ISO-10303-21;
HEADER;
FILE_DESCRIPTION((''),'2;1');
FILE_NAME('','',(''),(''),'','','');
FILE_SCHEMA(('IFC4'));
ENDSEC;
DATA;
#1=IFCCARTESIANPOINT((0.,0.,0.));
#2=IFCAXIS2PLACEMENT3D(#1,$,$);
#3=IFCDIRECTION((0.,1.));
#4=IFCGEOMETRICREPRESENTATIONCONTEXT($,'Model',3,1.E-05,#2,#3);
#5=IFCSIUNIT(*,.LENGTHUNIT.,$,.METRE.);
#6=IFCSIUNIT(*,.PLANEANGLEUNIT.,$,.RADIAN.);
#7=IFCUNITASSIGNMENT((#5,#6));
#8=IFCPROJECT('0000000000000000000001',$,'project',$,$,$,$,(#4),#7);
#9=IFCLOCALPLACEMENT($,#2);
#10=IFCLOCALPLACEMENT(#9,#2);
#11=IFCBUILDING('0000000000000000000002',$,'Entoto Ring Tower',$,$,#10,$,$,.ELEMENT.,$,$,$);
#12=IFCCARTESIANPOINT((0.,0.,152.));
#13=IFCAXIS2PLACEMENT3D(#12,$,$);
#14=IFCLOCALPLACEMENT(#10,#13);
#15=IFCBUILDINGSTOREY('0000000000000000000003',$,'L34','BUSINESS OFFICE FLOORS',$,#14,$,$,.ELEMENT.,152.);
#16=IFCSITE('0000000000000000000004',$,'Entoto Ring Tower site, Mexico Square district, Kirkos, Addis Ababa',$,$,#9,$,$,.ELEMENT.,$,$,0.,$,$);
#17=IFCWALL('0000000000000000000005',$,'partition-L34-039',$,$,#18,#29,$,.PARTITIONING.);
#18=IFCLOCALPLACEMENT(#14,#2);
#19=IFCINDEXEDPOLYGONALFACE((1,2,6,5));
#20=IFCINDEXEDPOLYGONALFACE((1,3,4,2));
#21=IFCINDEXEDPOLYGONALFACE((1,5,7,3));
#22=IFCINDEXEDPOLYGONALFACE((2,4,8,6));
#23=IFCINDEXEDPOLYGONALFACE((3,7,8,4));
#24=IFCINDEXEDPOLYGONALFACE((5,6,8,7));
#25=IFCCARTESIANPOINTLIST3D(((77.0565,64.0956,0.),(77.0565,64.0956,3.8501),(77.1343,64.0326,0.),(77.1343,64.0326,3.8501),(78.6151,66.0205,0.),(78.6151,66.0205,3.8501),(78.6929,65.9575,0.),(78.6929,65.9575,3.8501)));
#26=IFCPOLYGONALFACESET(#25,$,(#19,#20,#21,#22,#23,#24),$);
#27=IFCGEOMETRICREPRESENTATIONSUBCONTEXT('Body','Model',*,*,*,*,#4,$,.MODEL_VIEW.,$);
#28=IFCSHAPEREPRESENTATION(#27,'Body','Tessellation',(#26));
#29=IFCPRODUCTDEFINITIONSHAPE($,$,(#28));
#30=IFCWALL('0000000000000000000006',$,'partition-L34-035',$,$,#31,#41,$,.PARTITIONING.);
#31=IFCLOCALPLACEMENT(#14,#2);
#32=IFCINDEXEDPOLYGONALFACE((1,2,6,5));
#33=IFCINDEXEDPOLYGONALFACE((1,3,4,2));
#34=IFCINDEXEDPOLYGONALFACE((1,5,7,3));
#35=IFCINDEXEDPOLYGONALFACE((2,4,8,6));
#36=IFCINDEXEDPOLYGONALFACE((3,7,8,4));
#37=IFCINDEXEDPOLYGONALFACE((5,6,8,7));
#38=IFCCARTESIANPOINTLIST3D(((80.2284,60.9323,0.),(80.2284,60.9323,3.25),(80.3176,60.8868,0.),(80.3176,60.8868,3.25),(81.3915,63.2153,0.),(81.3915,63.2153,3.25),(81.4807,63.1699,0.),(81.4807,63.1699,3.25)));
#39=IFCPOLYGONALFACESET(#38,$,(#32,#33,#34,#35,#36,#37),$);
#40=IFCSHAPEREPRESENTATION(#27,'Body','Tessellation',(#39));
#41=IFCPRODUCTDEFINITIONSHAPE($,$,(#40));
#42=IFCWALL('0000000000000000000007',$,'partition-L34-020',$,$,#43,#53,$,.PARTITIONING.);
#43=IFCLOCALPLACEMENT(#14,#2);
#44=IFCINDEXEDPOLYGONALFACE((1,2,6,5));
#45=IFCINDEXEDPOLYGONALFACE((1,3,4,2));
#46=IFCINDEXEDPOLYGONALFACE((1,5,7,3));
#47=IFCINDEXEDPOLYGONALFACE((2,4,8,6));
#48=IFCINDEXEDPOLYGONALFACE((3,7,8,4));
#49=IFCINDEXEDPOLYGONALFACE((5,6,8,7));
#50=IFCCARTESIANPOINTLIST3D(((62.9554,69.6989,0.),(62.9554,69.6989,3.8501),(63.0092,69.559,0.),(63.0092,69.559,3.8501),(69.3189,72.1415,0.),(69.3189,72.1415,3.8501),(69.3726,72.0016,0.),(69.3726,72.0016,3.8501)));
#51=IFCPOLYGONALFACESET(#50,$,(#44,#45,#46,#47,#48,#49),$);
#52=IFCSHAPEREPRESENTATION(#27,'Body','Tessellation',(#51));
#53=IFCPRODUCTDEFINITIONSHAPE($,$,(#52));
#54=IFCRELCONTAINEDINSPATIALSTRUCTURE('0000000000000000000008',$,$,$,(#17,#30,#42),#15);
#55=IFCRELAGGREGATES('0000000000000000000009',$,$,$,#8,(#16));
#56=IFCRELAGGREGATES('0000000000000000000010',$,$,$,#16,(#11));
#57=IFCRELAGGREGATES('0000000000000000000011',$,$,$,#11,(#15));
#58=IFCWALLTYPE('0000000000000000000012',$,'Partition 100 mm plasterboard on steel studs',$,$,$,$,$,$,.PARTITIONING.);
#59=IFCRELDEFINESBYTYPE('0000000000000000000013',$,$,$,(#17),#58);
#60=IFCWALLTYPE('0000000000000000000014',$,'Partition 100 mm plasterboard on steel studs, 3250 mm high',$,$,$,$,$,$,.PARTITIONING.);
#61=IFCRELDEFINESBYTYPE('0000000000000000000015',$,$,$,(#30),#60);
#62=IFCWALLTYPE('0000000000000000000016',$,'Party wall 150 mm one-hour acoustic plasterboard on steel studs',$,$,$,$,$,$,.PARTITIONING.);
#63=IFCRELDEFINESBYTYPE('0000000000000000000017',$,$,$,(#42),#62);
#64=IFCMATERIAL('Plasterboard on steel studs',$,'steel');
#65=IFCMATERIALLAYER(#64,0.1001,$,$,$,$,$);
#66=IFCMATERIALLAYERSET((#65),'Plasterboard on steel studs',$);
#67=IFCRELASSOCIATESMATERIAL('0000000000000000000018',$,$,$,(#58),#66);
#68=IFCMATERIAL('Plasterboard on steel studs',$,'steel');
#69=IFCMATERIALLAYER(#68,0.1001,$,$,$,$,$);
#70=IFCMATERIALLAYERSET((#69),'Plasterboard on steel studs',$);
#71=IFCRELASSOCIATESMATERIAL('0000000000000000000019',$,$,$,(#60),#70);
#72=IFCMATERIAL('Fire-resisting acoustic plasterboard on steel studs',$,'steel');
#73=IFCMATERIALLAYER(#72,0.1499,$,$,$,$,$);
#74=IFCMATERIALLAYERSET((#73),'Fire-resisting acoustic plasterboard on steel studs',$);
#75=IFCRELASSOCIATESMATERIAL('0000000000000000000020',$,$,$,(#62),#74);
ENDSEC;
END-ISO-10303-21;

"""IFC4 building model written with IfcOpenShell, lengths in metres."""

from ifc_helpers import new_model, si_unit, direction, frame, frame_2d, origin, place, context, subcontext, project, spatial, rectangle, extrude, material, layer, layer_set, type_object, element, save


model = new_model("IFC4")

# Units and contexts
model_context = context("Model", 3, precision=1e-05, world=origin(), true_north=direction((0.0, 1.0)))
body_context = subcontext(model_context, "Body", "Model", "MODEL_VIEW")
ifc_project = project(units=[si_unit("LENGTHUNIT", "METRE"), si_unit("PLANEANGLEUNIT", "RADIAN")], contexts=[model_context])

# Site, building, storey
site_placement = place(None, origin())
site = spatial("IfcSite", under=ifc_project, at=site_placement, Name="Entoto Ring Tower site, Mexico Square district, Kirkos, Addis Ababa", CompositionType="ELEMENT", RefElevation=0.0)
building_placement = place(site_placement, origin())
building = spatial("IfcBuilding", under=site, at=building_placement, Name="Entoto Ring Tower", CompositionType="ELEMENT")
storey_placement = place(building_placement, frame((0.0, 0.0, 152.0)))
storey = spatial("IfcBuildingStorey", under=building, at=storey_placement, Name="L34", Description="BUSINESS OFFICE FLOORS", CompositionType="ELEMENT", Elevation=152.0)

# Shared definitions
ifc_material_1 = material(Name="Plasterboard on steel studs", Category="steel")
ifc_layer_1 = layer(ifc_material_1, 0.1001)
ifc_layer_set_1 = layer_set([ifc_layer_1], Name="Plasterboard on steel studs")
wall_type_1 = type_object("IfcWallType", Name="Partition 100 mm plasterboard on steel studs", PredefinedType="PARTITIONING", material=ifc_layer_set_1)

# Walls
wall_1_placement = place(storey_placement, frame((77.0955, 64.0642, 0.0), z_axis=(0.0, 0.0, 1.0), x_axis=(0.6293, 0.777162, 0.0)))
element("IfcWall", 1, at=wall_1_placement, inside=storey, type_object=wall_type_1, Name="partition-L34-039", PredefinedType="PARTITIONING", context=body_context, shape_type="SweptSolid", body=[
    extrude(rectangle(XDim=2.4768, YDim=0.1001, at=frame_2d((1.2383, 0.0))), origin(), (0.0, 0.0, 1.0), 3.8501),
])
ifc_material_2 = material(Name="Plasterboard on steel studs", Category="steel")
ifc_layer_2 = layer(ifc_material_2, 0.1001)
ifc_layer_set_2 = layer_set([ifc_layer_2], Name="Plasterboard on steel studs")
wall_type_2 = type_object("IfcWallType", Name="Partition 100 mm plasterboard on steel studs, 3250 mm high", PredefinedType="PARTITIONING", material=ifc_layer_set_2)
wall_2_placement = place(storey_placement, frame((80.2729, 60.9094, 0.0), z_axis=(0.0, 0.0, 1.0), x_axis=(0.453947, 0.891029, 0.0)))
element("IfcWall", 2, at=wall_2_placement, inside=storey, type_object=wall_type_2, Name="partition-L34-035", PredefinedType="PARTITIONING", context=body_context, shape_type="SweptSolid", body=[
    extrude(rectangle(XDim=2.5623, YDim=0.1001, at=frame_2d((1.2812, 0.0))), origin(), (0.0, 0.0, 1.0), 3.25),
])
ifc_material_3 = material(Name="Fire-resisting acoustic plasterboard on steel studs", Category="steel")
ifc_layer_3 = layer(ifc_material_3, 0.1499)
ifc_layer_set_3 = layer_set([ifc_layer_3], Name="Fire-resisting acoustic plasterboard on steel studs")
wall_type_3 = type_object("IfcWallType", Name="Party wall 150 mm one-hour acoustic plasterboard on steel studs", PredefinedType="PARTITIONING", material=ifc_layer_set_3)
wall_3_placement = place(storey_placement, frame((62.9822, 69.6289, 0.0), z_axis=(0.0, 0.0, 1.0), x_axis=(0.933585, 0.358355, 0.0)))
element("IfcWall", 3, at=wall_3_placement, inside=storey, type_object=wall_type_3, Name="partition-L34-020", PredefinedType="PARTITIONING", context=body_context, shape_type="SweptSolid", body=[
    extrude(rectangle(XDim=6.8162, YDim=0.1499, at=frame_2d((3.4082, 0.0))), origin(), (0.0, 0.0, 1.0), 3.8501),
])

save(model, "model.ifc")
